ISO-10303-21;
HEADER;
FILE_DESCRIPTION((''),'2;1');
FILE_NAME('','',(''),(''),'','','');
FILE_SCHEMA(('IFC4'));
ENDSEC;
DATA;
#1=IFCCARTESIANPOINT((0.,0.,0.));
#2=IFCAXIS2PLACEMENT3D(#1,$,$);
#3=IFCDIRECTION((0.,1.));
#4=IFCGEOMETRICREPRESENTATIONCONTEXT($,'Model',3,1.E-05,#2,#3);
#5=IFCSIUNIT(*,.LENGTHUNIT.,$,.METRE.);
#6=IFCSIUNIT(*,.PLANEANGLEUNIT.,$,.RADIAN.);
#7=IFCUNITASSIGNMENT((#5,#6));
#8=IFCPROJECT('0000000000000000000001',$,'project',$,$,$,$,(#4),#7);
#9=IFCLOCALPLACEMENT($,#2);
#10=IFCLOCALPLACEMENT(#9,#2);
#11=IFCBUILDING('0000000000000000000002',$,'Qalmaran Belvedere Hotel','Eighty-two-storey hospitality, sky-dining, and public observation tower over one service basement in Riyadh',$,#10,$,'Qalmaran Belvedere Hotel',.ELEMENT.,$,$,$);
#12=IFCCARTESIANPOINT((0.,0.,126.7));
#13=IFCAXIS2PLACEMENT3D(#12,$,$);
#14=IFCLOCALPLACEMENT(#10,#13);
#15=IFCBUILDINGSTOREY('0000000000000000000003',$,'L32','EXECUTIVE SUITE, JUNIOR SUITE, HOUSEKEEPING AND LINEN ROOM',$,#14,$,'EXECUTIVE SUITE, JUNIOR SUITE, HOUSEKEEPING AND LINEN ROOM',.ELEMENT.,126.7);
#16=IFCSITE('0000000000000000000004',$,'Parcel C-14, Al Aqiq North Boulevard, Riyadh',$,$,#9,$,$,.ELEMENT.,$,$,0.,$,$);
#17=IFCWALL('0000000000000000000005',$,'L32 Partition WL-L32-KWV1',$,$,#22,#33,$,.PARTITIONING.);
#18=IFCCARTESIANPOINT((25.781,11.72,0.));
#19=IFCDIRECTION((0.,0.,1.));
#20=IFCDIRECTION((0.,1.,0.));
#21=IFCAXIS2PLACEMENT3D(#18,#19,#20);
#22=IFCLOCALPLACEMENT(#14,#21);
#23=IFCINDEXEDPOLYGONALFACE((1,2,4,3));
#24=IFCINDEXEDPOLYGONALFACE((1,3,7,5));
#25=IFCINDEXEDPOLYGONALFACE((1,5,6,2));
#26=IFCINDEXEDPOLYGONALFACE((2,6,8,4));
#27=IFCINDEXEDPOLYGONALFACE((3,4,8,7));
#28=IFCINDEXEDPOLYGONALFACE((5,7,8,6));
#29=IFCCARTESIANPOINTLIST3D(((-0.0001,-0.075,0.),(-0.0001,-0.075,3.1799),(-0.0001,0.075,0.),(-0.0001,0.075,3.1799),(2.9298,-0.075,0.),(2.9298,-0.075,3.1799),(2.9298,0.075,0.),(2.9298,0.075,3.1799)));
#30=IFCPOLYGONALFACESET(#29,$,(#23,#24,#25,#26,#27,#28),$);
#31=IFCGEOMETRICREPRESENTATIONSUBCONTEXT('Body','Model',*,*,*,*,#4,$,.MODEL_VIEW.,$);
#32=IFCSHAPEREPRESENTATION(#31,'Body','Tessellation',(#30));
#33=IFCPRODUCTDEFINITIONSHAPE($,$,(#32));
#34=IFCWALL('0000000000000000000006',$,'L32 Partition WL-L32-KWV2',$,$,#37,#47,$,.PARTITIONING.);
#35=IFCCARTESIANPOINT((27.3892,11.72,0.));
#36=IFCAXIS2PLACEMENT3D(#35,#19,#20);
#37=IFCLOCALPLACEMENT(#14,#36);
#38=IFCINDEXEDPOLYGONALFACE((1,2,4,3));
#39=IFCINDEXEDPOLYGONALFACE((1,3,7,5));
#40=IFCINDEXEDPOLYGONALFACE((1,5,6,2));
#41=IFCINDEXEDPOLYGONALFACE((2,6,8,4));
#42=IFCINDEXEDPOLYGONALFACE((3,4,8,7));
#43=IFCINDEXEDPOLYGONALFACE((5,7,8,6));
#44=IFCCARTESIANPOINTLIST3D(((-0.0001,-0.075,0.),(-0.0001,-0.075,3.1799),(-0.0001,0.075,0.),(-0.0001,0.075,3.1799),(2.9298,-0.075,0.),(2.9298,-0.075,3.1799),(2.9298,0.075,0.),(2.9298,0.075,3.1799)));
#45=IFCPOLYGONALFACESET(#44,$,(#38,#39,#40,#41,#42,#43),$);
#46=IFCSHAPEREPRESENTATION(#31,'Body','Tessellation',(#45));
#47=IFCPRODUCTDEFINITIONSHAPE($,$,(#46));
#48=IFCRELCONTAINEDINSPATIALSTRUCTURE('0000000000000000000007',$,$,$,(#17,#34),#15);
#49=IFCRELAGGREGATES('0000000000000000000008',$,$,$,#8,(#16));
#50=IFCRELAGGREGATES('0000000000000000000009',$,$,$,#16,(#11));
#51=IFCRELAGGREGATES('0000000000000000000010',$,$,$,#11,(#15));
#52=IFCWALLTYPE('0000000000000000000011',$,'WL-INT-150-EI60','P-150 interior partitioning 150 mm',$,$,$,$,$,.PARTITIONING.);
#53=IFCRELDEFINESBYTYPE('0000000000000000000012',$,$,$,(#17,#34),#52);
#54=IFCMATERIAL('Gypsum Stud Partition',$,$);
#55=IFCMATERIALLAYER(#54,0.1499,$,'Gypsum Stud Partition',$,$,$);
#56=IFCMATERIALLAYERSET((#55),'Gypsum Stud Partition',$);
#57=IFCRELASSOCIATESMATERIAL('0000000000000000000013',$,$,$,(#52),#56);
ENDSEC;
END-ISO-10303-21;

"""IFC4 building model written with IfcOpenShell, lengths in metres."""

from ifc_helpers import new_model, si_unit, direction, frame, frame_2d, origin, place, context, subcontext, project, spatial, rectangle, extrude, material, layer, layer_set, type_object, element, save


model = new_model("IFC4")

# Units and contexts
model_context = context("Model", 3, precision=1e-05, world=origin(), true_north=direction((0.0, 1.0)))
body_context = subcontext(model_context, "Body", "Model", "MODEL_VIEW")
ifc_project = project(units=[si_unit("LENGTHUNIT", "METRE"), si_unit("PLANEANGLEUNIT", "RADIAN")], contexts=[model_context])

# Site, building, storey
site_placement = place(None, origin())
site = spatial("IfcSite", under=ifc_project, at=site_placement, Name="Parcel C-14, Al Aqiq North Boulevard, Riyadh", CompositionType="ELEMENT", RefElevation=0.0)
building_placement = place(site_placement, origin())
building = spatial("IfcBuilding", under=site, at=building_placement, Name="Qalmaran Belvedere Hotel", Description="Eighty-two-storey hospitality, sky-dining, and public observation tower over one service basement in Riyadh", LongName="Qalmaran Belvedere Hotel", CompositionType="ELEMENT")
storey_placement = place(building_placement, frame((0.0, 0.0, 126.7)))
storey = spatial("IfcBuildingStorey", under=building, at=storey_placement, Name="L32", Description="EXECUTIVE SUITE, JUNIOR SUITE, HOUSEKEEPING AND LINEN ROOM", LongName="EXECUTIVE SUITE, JUNIOR SUITE, HOUSEKEEPING AND LINEN ROOM", CompositionType="ELEMENT", Elevation=126.7)

# Walls
ifc_material_1 = material(Name="Gypsum Stud Partition")
ifc_layer_1 = layer(ifc_material_1, 0.1499, Name="Gypsum Stud Partition")
ifc_layer_set_1 = layer_set([ifc_layer_1], Name="Gypsum Stud Partition")
wall_type_1 = type_object("IfcWallType", Name="WL-INT-150-EI60", Description="P-150 interior partitioning 150 mm", PredefinedType="PARTITIONING", material=ifc_layer_set_1)
for number, where, z_axis, x_axis, name in (
    (1, (25.781, 11.72, 0.0), (0.0, 0.0, 1.0), (0.0, 1.0, 0.0), "L32 Partition WL-L32-KWV1"),
    (2, (27.3892, 11.72, 0.0), (0.0, 0.0, 1.0), (0.0, 1.0, 0.0), "L32 Partition WL-L32-KWV2"),
):
    element("IfcWall", number, at=place(storey_placement, frame(where, z_axis=z_axis, x_axis=x_axis)), inside=storey, type_object=wall_type_1, Name=name, PredefinedType="PARTITIONING", context=body_context, shape_type="SweptSolid", body=[
        extrude(rectangle(XDim=2.9299, YDim=0.1499, at=frame_2d((1.4648, 0.0))), origin(), (0.0, 0.0, 1.0), 3.1799),
    ])

save(model, "model.ifc")
